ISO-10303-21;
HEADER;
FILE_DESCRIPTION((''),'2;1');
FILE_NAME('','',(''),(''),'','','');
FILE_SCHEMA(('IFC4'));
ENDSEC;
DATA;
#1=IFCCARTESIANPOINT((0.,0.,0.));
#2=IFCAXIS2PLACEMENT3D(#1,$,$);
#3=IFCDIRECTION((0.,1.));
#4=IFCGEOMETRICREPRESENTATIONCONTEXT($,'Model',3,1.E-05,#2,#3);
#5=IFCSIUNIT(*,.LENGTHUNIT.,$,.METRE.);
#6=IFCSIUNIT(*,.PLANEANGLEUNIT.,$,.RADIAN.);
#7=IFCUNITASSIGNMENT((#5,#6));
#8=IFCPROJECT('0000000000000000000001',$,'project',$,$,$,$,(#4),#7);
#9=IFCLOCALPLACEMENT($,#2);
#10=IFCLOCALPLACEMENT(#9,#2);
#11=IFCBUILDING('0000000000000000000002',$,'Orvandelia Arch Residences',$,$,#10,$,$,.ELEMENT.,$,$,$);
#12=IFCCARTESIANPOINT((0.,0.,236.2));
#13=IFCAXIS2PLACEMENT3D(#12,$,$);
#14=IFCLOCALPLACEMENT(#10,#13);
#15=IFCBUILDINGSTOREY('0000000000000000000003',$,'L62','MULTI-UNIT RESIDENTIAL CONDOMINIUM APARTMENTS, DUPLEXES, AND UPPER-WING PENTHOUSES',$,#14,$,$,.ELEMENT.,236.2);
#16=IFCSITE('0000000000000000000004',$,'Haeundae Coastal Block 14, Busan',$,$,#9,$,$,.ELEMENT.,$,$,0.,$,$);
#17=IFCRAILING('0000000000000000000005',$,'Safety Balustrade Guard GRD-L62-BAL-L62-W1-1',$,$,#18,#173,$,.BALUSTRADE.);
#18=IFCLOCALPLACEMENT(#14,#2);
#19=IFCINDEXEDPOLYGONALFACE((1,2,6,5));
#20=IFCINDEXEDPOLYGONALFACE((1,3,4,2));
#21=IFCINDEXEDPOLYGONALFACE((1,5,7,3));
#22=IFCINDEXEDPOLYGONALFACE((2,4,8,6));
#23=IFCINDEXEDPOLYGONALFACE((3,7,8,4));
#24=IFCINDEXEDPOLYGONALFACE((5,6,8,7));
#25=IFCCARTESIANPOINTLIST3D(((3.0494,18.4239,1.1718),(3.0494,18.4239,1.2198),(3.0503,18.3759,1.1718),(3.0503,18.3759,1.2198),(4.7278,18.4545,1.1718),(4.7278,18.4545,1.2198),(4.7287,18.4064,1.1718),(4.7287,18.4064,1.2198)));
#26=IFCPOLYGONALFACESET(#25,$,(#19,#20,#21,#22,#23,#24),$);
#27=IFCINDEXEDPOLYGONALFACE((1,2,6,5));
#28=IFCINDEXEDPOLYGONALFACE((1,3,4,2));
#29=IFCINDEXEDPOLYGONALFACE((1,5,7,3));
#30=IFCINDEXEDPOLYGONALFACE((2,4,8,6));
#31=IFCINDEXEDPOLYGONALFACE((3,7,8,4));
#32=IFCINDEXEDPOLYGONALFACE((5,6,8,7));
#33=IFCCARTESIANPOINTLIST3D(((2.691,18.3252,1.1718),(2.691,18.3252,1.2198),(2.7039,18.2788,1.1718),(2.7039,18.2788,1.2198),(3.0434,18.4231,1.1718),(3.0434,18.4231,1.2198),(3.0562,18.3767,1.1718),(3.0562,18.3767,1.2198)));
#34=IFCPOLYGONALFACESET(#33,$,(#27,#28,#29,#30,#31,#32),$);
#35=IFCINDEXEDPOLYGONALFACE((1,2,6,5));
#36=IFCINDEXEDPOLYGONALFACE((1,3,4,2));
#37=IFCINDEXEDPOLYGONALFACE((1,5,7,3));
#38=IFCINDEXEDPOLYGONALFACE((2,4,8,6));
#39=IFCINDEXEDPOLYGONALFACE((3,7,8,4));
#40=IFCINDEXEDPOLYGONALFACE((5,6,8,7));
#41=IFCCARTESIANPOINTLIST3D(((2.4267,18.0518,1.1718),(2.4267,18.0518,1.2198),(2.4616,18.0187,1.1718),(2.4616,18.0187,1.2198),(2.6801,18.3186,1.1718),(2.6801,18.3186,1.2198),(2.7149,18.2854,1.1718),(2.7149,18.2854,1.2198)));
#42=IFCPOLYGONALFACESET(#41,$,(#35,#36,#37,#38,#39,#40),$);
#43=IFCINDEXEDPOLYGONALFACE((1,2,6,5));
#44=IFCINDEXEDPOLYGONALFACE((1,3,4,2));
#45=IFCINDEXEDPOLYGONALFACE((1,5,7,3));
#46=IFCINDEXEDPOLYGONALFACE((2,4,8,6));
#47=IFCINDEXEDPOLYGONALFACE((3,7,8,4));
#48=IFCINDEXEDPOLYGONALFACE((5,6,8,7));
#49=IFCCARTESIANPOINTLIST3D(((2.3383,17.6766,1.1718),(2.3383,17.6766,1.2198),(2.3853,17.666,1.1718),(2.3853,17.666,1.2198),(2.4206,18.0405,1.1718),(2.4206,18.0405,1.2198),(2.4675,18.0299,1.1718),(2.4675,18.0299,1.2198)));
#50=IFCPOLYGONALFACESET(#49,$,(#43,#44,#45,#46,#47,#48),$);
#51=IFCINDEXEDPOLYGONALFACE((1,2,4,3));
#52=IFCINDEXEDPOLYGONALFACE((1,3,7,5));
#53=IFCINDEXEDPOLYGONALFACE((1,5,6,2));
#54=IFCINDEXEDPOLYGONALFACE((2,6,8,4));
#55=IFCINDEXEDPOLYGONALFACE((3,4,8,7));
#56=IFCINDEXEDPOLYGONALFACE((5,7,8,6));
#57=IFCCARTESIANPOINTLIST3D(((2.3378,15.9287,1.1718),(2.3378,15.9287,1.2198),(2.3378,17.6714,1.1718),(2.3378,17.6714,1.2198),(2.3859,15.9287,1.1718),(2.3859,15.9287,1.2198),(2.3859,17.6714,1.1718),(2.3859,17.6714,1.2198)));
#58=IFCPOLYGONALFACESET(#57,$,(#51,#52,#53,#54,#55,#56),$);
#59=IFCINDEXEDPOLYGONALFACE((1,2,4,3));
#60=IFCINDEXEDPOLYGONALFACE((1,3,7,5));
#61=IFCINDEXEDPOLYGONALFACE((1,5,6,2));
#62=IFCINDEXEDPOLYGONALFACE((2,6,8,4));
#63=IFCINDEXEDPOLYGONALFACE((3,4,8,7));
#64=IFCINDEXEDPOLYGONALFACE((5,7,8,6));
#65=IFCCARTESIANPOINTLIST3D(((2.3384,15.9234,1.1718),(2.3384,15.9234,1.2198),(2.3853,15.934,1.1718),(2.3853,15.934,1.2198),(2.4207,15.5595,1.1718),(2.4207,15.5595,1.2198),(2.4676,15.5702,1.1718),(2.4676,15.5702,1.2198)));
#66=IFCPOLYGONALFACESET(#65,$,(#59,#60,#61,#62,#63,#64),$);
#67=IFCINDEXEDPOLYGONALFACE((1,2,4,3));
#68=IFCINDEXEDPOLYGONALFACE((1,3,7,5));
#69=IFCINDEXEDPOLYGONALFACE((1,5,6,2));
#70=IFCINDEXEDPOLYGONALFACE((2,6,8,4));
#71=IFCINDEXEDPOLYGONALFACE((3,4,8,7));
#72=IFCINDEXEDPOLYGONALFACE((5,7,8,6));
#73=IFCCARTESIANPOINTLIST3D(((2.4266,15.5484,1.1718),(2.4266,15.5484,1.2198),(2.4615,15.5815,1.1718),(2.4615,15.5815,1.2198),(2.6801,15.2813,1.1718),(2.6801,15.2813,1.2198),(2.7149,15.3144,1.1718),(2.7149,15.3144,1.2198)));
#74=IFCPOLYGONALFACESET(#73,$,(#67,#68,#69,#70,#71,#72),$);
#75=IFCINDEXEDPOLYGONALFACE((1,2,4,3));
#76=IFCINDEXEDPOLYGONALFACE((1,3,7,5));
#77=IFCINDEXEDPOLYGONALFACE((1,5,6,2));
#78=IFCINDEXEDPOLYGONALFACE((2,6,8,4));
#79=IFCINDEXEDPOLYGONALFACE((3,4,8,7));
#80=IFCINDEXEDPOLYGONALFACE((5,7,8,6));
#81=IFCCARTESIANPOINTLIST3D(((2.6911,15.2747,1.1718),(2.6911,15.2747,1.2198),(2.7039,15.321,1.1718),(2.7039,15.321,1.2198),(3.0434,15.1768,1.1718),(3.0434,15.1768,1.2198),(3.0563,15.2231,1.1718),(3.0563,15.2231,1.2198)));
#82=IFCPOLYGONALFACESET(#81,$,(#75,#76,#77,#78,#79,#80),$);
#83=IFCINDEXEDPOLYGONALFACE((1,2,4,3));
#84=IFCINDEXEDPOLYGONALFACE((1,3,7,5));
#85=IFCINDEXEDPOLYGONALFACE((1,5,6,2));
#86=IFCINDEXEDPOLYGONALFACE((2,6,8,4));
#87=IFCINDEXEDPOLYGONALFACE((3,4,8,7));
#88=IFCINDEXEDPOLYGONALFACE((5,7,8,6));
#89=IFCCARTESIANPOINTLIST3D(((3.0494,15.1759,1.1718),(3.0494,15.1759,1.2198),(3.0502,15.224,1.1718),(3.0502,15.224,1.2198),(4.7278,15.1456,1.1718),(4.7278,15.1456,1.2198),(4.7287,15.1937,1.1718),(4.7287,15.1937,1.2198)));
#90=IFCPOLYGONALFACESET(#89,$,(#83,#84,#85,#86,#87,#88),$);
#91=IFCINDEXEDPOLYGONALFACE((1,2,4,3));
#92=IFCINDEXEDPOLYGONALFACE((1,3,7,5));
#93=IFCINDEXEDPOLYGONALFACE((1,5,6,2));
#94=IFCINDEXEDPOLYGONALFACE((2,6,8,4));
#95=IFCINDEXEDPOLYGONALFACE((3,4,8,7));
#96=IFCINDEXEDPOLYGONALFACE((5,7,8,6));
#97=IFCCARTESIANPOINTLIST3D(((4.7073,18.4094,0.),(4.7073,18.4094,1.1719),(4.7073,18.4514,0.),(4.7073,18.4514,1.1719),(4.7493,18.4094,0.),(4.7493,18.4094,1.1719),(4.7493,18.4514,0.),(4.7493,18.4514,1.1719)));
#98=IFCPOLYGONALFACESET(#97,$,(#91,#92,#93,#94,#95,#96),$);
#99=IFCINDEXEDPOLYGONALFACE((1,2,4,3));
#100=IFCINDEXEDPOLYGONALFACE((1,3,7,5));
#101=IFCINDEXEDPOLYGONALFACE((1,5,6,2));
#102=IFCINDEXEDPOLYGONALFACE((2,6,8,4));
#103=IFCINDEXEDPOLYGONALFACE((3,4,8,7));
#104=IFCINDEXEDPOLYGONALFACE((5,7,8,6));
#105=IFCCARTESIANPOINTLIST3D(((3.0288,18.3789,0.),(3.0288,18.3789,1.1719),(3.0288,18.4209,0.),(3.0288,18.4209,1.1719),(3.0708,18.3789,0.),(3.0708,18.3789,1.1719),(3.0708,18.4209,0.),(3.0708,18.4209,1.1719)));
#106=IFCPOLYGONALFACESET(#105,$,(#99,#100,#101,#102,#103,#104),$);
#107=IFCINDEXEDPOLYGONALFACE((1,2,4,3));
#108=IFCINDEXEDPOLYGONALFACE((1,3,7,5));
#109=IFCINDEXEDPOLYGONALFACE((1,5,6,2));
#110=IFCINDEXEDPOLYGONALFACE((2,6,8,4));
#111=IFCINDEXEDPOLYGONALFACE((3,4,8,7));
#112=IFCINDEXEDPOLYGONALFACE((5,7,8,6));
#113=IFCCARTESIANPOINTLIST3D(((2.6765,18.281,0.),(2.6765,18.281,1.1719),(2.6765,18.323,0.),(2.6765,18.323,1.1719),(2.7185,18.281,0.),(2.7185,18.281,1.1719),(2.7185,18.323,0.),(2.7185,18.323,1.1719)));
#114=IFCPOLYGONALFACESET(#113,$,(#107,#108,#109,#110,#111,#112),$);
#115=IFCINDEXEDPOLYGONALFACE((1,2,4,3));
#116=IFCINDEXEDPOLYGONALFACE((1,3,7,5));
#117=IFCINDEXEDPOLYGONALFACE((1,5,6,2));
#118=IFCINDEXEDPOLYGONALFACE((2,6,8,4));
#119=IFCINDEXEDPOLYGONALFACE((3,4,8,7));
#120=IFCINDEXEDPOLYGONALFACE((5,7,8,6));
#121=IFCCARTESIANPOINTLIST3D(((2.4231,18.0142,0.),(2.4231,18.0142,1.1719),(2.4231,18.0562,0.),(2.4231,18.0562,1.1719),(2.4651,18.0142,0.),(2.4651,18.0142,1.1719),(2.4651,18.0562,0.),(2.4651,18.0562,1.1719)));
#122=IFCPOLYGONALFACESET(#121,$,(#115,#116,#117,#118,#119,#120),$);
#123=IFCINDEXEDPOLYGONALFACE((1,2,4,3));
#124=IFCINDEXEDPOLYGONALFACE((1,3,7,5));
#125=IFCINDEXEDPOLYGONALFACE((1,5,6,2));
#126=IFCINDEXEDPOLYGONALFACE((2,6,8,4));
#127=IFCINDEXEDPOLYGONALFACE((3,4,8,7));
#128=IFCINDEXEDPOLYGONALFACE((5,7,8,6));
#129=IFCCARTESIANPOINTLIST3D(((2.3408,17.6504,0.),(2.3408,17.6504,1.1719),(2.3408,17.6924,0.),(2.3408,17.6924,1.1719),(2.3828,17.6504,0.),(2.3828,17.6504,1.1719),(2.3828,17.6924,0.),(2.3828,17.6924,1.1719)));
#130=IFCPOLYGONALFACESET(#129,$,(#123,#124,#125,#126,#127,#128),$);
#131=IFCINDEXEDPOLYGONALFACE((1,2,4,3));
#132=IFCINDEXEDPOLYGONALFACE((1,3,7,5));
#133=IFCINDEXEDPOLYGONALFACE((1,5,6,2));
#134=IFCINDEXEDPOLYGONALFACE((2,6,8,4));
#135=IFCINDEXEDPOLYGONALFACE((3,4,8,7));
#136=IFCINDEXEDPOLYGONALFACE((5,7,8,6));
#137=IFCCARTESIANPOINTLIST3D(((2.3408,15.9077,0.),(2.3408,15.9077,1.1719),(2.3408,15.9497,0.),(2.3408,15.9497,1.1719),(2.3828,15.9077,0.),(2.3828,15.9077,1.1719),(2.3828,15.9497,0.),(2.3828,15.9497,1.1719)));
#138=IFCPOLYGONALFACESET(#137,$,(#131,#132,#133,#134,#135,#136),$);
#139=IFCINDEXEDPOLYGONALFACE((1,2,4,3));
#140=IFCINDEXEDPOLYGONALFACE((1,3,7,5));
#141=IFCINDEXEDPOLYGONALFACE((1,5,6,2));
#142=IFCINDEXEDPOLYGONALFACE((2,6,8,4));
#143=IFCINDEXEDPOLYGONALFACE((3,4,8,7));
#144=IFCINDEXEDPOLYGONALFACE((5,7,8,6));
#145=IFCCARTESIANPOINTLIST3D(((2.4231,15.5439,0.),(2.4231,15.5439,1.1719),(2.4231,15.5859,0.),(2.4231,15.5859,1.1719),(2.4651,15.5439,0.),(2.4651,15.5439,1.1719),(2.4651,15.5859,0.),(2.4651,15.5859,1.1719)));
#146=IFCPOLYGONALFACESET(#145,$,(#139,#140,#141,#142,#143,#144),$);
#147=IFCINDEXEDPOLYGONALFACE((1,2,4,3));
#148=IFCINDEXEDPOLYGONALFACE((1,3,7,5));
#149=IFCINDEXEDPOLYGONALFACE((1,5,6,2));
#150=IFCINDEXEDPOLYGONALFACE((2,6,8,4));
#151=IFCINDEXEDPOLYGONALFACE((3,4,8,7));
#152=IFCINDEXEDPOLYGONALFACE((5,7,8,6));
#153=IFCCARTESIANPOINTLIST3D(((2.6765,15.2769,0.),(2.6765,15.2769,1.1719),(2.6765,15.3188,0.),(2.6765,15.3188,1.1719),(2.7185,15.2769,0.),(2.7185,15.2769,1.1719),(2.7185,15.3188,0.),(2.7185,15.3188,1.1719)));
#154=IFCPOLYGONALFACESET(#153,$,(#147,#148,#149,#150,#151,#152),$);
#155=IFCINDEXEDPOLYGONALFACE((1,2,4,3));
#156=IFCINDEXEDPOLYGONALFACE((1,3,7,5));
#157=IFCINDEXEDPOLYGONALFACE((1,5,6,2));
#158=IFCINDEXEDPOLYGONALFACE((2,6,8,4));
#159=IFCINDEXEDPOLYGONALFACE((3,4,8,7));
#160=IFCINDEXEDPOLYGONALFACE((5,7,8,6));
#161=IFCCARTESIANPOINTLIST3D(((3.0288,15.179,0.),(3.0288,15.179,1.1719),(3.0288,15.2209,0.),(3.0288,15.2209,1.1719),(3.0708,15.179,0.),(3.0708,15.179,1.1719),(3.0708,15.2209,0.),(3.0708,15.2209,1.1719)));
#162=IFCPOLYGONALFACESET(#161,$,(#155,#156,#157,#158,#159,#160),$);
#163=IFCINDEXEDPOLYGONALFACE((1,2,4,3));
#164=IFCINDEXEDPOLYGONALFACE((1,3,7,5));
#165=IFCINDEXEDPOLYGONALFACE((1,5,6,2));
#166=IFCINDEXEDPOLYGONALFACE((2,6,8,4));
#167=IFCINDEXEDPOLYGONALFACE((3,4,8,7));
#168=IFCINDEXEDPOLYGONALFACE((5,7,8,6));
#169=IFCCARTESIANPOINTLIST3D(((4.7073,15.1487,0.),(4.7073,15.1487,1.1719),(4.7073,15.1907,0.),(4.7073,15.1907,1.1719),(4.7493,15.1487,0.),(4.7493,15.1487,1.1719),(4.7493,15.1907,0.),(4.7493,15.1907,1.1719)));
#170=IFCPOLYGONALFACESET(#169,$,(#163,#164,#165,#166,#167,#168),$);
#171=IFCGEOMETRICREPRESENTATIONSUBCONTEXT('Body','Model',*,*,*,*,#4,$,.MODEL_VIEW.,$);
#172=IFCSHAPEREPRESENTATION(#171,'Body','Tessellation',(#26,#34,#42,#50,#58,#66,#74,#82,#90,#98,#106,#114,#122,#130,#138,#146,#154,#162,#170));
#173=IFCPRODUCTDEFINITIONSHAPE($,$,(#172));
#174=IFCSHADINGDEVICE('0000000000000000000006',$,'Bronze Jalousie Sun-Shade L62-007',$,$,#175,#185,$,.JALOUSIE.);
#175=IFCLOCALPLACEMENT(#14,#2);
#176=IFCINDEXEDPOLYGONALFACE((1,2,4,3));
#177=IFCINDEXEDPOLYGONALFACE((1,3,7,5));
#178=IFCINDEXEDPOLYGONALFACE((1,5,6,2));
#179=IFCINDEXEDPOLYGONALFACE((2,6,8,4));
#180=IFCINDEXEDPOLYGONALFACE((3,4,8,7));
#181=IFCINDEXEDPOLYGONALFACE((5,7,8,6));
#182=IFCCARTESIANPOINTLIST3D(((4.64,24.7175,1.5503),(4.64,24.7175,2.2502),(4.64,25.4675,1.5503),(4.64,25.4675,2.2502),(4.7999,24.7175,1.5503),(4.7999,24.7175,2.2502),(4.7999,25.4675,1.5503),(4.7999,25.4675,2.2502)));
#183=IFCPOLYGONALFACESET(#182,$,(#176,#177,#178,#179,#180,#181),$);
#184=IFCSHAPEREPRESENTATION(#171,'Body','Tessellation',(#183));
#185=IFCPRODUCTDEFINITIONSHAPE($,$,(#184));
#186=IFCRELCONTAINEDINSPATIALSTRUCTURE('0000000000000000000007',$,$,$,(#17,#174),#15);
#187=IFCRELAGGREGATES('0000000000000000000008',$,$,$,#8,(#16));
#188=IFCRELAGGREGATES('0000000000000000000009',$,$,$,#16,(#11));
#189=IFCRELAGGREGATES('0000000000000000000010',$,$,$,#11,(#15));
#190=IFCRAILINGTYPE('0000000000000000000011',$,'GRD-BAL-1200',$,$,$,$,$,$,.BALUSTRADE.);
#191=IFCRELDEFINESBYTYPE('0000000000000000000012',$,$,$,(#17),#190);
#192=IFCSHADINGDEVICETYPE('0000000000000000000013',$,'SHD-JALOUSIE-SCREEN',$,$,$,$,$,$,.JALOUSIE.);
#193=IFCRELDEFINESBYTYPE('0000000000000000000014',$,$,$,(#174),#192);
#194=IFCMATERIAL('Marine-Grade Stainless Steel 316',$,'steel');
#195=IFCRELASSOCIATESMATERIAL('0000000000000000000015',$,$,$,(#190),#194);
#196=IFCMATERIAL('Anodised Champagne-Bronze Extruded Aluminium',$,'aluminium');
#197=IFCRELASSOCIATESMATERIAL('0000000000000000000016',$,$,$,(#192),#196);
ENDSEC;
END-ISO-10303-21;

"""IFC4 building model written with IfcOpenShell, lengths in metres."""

from ifc_helpers import new_model, si_unit, direction, frame, origin, origin_2d, place, context, subcontext, project, spatial, rectangle, extrude, material, type_object, element, save


model = new_model("IFC4")

# Units and contexts
model_context = context("Model", 3, precision=1e-05, world=origin(), true_north=direction((0.0, 1.0)))
body_context = subcontext(model_context, "Body", "Model", "MODEL_VIEW")
ifc_project = project(units=[si_unit("LENGTHUNIT", "METRE"), si_unit("PLANEANGLEUNIT", "RADIAN")], contexts=[model_context])

# Site, building, storey
site_placement = place(None, origin())
site = spatial("IfcSite", under=ifc_project, at=site_placement, Name="Haeundae Coastal Block 14, Busan", CompositionType="ELEMENT", RefElevation=0.0)
building_placement = place(site_placement, origin())
building = spatial("IfcBuilding", under=site, at=building_placement, Name="Orvandelia Arch Residences", CompositionType="ELEMENT")
storey_placement = place(building_placement, frame((0.0, 0.0, 236.2)))
storey = spatial("IfcBuildingStorey", under=building, at=storey_placement, Name="L62", Description="MULTI-UNIT RESIDENTIAL CONDOMINIUM APARTMENTS, DUPLEXES, AND UPPER-WING PENTHOUSES", CompositionType="ELEMENT", Elevation=236.2)

# Railing
ifc_material_1 = material(Name="Marine-Grade Stainless Steel 316", Category="steel")
railing_type = type_object("IfcRailingType", Name="GRD-BAL-1200", PredefinedType="BALUSTRADE", material=ifc_material_1)
railing_placement = place(storey_placement, frame((4.7283, 18.4304, 0.0)))
element("IfcRailing", 1, at=railing_placement, inside=storey, type_object=railing_type, Name="Safety Balustrade Guard GRD-L62-BAL-L62-W1-1", PredefinedType="BALUSTRADE", context=body_context, shape_type="SweptSolid", body=[
    extrude(rectangle(XDim=0.0481, YDim=0.0481, at=origin_2d()), frame((0.0, 0.0, 1.1958), z_axis=(-0.999835, -0.018179, 0.0), x_axis=(0.018179, -0.999835, 0.0)), (0.0, 0.0, 1.0), 1.6787),
    extrude(rectangle(XDim=0.0481, YDim=0.0481, at=origin_2d()), frame((-1.6785, -0.0305, 1.1958), z_axis=(-0.963489, -0.267747, 0.0), x_axis=(0.267747, -0.963489, 0.0)), (0.0, 0.0, 1.0), 0.3657),
    extrude(rectangle(XDim=0.0481, YDim=0.0481, at=origin_2d()), frame((-2.0308, -0.1284, 1.1958), z_axis=(-0.688627, -0.725115, 0.0), x_axis=(0.725115, -0.688627, 0.0)), (0.0, 0.0, 1.0), 0.3679),
    extrude(rectangle(XDim=0.0481, YDim=0.0481, at=origin_2d()), frame((-2.2842, -0.3953, 1.1958), z_axis=(-0.220602, -0.975364, 0.0), x_axis=(0.975364, -0.220602, 0.0)), (0.0, 0.0, 1.0), 0.373),
    extrude(rectangle(XDim=0.0481, YDim=0.0481, at=origin_2d()), frame((-2.3665, -0.759, 1.1958), z_axis=(0.0, -1.0, 0.0), x_axis=(1.0, 0.0, 0.0)), (0.0, 0.0, 1.0), 1.7427),
    extrude(rectangle(XDim=0.0481, YDim=0.0481, at=origin_2d()), frame((-2.3665, -2.5017, 1.1958), z_axis=(0.220602, -0.975364, 0.0), x_axis=(0.975364, 0.220602, 0.0)), (0.0, 0.0, 1.0), 0.373),
    extrude(rectangle(XDim=0.0481, YDim=0.0481, at=origin_2d()), frame((-2.2842, -2.8655, 1.1958), z_axis=(0.688296, -0.72543, 0.0), x_axis=(0.72543, 0.688296, 0.0)), (0.0, 0.0, 1.0), 0.3682),
    extrude(rectangle(XDim=0.0481, YDim=0.0481, at=origin_2d()), frame((-2.0308, -3.1326, 1.1958), z_axis=(0.963489, -0.267747, 0.0), x_axis=(0.267747, 0.963489, 0.0)), (0.0, 0.0, 1.0), 0.3657),
    extrude(rectangle(XDim=0.0481, YDim=0.0481, at=origin_2d()), frame((-1.6785, -3.2305, 1.1958), z_axis=(0.999837, -0.018033, 0.0), x_axis=(0.018033, 0.999837, 0.0)), (0.0, 0.0, 1.0), 1.6787),
    extrude(rectangle(XDim=0.042, YDim=0.042, at=origin_2d()), origin(), (0.0, 0.0, 1.0), 1.1719),
    extrude(rectangle(XDim=0.042, YDim=0.042, at=origin_2d()), frame((-1.6785, -0.0305, 0.0)), (0.0, 0.0, 1.0), 1.1719),
    extrude(rectangle(XDim=0.042, YDim=0.042, at=origin_2d()), frame((-2.0308, -0.1284, 0.0)), (0.0, 0.0, 1.0), 1.1719),
    extrude(rectangle(XDim=0.042, YDim=0.042, at=origin_2d()), frame((-2.2842, -0.3953, 0.0)), (0.0, 0.0, 1.0), 1.1719),
    extrude(rectangle(XDim=0.042, YDim=0.042, at=origin_2d()), frame((-2.3665, -0.759, 0.0)), (0.0, 0.0, 1.0), 1.1719),
    extrude(rectangle(XDim=0.042, YDim=0.042, at=origin_2d()), frame((-2.3665, -2.5017, 0.0)), (0.0, 0.0, 1.0), 1.1719),
    extrude(rectangle(XDim=0.042, YDim=0.042, at=origin_2d()), frame((-2.2842, -2.8655, 0.0)), (0.0, 0.0, 1.0), 1.1719),
    extrude(rectangle(XDim=0.042, YDim=0.042, at=origin_2d()), frame((-2.0308, -3.1326, 0.0)), (0.0, 0.0, 1.0), 1.1719),
    extrude(rectangle(XDim=0.042, YDim=0.042, at=origin_2d()), frame((-1.6785, -3.2305, 0.0)), (0.0, 0.0, 1.0), 1.1719),
    extrude(rectangle(XDim=0.042, YDim=0.042, at=origin_2d()), frame((0.0, -3.2607, 0.0)), (0.0, 0.0, 1.0), 1.1719),
])

# Shading device
ifc_material_2 = material(Name="Anodised Champagne-Bronze Extruded Aluminium", Category="aluminium")
shading_device_type = type_object("IfcShadingDeviceType", Name="SHD-JALOUSIE-SCREEN", PredefinedType="JALOUSIE", material=ifc_material_2)
shading_device_placement = place(storey_placement, frame((4.72, 25.0925, 1.5503), z_axis=(0.0, 0.0, 1.0), x_axis=(0.0, 1.0, 0.0)))
element("IfcShadingDevice", 2, at=shading_device_placement, inside=storey, type_object=shading_device_type, Name="Bronze Jalousie Sun-Shade L62-007", PredefinedType="JALOUSIE", context=body_context, shape_type="SweptSolid", body=[
    extrude(rectangle(XDim=0.75, YDim=0.1599, at=origin_2d()), origin(), (0.0, 0.0, 1.0), 0.7),
])

save(model, "model.ifc")
